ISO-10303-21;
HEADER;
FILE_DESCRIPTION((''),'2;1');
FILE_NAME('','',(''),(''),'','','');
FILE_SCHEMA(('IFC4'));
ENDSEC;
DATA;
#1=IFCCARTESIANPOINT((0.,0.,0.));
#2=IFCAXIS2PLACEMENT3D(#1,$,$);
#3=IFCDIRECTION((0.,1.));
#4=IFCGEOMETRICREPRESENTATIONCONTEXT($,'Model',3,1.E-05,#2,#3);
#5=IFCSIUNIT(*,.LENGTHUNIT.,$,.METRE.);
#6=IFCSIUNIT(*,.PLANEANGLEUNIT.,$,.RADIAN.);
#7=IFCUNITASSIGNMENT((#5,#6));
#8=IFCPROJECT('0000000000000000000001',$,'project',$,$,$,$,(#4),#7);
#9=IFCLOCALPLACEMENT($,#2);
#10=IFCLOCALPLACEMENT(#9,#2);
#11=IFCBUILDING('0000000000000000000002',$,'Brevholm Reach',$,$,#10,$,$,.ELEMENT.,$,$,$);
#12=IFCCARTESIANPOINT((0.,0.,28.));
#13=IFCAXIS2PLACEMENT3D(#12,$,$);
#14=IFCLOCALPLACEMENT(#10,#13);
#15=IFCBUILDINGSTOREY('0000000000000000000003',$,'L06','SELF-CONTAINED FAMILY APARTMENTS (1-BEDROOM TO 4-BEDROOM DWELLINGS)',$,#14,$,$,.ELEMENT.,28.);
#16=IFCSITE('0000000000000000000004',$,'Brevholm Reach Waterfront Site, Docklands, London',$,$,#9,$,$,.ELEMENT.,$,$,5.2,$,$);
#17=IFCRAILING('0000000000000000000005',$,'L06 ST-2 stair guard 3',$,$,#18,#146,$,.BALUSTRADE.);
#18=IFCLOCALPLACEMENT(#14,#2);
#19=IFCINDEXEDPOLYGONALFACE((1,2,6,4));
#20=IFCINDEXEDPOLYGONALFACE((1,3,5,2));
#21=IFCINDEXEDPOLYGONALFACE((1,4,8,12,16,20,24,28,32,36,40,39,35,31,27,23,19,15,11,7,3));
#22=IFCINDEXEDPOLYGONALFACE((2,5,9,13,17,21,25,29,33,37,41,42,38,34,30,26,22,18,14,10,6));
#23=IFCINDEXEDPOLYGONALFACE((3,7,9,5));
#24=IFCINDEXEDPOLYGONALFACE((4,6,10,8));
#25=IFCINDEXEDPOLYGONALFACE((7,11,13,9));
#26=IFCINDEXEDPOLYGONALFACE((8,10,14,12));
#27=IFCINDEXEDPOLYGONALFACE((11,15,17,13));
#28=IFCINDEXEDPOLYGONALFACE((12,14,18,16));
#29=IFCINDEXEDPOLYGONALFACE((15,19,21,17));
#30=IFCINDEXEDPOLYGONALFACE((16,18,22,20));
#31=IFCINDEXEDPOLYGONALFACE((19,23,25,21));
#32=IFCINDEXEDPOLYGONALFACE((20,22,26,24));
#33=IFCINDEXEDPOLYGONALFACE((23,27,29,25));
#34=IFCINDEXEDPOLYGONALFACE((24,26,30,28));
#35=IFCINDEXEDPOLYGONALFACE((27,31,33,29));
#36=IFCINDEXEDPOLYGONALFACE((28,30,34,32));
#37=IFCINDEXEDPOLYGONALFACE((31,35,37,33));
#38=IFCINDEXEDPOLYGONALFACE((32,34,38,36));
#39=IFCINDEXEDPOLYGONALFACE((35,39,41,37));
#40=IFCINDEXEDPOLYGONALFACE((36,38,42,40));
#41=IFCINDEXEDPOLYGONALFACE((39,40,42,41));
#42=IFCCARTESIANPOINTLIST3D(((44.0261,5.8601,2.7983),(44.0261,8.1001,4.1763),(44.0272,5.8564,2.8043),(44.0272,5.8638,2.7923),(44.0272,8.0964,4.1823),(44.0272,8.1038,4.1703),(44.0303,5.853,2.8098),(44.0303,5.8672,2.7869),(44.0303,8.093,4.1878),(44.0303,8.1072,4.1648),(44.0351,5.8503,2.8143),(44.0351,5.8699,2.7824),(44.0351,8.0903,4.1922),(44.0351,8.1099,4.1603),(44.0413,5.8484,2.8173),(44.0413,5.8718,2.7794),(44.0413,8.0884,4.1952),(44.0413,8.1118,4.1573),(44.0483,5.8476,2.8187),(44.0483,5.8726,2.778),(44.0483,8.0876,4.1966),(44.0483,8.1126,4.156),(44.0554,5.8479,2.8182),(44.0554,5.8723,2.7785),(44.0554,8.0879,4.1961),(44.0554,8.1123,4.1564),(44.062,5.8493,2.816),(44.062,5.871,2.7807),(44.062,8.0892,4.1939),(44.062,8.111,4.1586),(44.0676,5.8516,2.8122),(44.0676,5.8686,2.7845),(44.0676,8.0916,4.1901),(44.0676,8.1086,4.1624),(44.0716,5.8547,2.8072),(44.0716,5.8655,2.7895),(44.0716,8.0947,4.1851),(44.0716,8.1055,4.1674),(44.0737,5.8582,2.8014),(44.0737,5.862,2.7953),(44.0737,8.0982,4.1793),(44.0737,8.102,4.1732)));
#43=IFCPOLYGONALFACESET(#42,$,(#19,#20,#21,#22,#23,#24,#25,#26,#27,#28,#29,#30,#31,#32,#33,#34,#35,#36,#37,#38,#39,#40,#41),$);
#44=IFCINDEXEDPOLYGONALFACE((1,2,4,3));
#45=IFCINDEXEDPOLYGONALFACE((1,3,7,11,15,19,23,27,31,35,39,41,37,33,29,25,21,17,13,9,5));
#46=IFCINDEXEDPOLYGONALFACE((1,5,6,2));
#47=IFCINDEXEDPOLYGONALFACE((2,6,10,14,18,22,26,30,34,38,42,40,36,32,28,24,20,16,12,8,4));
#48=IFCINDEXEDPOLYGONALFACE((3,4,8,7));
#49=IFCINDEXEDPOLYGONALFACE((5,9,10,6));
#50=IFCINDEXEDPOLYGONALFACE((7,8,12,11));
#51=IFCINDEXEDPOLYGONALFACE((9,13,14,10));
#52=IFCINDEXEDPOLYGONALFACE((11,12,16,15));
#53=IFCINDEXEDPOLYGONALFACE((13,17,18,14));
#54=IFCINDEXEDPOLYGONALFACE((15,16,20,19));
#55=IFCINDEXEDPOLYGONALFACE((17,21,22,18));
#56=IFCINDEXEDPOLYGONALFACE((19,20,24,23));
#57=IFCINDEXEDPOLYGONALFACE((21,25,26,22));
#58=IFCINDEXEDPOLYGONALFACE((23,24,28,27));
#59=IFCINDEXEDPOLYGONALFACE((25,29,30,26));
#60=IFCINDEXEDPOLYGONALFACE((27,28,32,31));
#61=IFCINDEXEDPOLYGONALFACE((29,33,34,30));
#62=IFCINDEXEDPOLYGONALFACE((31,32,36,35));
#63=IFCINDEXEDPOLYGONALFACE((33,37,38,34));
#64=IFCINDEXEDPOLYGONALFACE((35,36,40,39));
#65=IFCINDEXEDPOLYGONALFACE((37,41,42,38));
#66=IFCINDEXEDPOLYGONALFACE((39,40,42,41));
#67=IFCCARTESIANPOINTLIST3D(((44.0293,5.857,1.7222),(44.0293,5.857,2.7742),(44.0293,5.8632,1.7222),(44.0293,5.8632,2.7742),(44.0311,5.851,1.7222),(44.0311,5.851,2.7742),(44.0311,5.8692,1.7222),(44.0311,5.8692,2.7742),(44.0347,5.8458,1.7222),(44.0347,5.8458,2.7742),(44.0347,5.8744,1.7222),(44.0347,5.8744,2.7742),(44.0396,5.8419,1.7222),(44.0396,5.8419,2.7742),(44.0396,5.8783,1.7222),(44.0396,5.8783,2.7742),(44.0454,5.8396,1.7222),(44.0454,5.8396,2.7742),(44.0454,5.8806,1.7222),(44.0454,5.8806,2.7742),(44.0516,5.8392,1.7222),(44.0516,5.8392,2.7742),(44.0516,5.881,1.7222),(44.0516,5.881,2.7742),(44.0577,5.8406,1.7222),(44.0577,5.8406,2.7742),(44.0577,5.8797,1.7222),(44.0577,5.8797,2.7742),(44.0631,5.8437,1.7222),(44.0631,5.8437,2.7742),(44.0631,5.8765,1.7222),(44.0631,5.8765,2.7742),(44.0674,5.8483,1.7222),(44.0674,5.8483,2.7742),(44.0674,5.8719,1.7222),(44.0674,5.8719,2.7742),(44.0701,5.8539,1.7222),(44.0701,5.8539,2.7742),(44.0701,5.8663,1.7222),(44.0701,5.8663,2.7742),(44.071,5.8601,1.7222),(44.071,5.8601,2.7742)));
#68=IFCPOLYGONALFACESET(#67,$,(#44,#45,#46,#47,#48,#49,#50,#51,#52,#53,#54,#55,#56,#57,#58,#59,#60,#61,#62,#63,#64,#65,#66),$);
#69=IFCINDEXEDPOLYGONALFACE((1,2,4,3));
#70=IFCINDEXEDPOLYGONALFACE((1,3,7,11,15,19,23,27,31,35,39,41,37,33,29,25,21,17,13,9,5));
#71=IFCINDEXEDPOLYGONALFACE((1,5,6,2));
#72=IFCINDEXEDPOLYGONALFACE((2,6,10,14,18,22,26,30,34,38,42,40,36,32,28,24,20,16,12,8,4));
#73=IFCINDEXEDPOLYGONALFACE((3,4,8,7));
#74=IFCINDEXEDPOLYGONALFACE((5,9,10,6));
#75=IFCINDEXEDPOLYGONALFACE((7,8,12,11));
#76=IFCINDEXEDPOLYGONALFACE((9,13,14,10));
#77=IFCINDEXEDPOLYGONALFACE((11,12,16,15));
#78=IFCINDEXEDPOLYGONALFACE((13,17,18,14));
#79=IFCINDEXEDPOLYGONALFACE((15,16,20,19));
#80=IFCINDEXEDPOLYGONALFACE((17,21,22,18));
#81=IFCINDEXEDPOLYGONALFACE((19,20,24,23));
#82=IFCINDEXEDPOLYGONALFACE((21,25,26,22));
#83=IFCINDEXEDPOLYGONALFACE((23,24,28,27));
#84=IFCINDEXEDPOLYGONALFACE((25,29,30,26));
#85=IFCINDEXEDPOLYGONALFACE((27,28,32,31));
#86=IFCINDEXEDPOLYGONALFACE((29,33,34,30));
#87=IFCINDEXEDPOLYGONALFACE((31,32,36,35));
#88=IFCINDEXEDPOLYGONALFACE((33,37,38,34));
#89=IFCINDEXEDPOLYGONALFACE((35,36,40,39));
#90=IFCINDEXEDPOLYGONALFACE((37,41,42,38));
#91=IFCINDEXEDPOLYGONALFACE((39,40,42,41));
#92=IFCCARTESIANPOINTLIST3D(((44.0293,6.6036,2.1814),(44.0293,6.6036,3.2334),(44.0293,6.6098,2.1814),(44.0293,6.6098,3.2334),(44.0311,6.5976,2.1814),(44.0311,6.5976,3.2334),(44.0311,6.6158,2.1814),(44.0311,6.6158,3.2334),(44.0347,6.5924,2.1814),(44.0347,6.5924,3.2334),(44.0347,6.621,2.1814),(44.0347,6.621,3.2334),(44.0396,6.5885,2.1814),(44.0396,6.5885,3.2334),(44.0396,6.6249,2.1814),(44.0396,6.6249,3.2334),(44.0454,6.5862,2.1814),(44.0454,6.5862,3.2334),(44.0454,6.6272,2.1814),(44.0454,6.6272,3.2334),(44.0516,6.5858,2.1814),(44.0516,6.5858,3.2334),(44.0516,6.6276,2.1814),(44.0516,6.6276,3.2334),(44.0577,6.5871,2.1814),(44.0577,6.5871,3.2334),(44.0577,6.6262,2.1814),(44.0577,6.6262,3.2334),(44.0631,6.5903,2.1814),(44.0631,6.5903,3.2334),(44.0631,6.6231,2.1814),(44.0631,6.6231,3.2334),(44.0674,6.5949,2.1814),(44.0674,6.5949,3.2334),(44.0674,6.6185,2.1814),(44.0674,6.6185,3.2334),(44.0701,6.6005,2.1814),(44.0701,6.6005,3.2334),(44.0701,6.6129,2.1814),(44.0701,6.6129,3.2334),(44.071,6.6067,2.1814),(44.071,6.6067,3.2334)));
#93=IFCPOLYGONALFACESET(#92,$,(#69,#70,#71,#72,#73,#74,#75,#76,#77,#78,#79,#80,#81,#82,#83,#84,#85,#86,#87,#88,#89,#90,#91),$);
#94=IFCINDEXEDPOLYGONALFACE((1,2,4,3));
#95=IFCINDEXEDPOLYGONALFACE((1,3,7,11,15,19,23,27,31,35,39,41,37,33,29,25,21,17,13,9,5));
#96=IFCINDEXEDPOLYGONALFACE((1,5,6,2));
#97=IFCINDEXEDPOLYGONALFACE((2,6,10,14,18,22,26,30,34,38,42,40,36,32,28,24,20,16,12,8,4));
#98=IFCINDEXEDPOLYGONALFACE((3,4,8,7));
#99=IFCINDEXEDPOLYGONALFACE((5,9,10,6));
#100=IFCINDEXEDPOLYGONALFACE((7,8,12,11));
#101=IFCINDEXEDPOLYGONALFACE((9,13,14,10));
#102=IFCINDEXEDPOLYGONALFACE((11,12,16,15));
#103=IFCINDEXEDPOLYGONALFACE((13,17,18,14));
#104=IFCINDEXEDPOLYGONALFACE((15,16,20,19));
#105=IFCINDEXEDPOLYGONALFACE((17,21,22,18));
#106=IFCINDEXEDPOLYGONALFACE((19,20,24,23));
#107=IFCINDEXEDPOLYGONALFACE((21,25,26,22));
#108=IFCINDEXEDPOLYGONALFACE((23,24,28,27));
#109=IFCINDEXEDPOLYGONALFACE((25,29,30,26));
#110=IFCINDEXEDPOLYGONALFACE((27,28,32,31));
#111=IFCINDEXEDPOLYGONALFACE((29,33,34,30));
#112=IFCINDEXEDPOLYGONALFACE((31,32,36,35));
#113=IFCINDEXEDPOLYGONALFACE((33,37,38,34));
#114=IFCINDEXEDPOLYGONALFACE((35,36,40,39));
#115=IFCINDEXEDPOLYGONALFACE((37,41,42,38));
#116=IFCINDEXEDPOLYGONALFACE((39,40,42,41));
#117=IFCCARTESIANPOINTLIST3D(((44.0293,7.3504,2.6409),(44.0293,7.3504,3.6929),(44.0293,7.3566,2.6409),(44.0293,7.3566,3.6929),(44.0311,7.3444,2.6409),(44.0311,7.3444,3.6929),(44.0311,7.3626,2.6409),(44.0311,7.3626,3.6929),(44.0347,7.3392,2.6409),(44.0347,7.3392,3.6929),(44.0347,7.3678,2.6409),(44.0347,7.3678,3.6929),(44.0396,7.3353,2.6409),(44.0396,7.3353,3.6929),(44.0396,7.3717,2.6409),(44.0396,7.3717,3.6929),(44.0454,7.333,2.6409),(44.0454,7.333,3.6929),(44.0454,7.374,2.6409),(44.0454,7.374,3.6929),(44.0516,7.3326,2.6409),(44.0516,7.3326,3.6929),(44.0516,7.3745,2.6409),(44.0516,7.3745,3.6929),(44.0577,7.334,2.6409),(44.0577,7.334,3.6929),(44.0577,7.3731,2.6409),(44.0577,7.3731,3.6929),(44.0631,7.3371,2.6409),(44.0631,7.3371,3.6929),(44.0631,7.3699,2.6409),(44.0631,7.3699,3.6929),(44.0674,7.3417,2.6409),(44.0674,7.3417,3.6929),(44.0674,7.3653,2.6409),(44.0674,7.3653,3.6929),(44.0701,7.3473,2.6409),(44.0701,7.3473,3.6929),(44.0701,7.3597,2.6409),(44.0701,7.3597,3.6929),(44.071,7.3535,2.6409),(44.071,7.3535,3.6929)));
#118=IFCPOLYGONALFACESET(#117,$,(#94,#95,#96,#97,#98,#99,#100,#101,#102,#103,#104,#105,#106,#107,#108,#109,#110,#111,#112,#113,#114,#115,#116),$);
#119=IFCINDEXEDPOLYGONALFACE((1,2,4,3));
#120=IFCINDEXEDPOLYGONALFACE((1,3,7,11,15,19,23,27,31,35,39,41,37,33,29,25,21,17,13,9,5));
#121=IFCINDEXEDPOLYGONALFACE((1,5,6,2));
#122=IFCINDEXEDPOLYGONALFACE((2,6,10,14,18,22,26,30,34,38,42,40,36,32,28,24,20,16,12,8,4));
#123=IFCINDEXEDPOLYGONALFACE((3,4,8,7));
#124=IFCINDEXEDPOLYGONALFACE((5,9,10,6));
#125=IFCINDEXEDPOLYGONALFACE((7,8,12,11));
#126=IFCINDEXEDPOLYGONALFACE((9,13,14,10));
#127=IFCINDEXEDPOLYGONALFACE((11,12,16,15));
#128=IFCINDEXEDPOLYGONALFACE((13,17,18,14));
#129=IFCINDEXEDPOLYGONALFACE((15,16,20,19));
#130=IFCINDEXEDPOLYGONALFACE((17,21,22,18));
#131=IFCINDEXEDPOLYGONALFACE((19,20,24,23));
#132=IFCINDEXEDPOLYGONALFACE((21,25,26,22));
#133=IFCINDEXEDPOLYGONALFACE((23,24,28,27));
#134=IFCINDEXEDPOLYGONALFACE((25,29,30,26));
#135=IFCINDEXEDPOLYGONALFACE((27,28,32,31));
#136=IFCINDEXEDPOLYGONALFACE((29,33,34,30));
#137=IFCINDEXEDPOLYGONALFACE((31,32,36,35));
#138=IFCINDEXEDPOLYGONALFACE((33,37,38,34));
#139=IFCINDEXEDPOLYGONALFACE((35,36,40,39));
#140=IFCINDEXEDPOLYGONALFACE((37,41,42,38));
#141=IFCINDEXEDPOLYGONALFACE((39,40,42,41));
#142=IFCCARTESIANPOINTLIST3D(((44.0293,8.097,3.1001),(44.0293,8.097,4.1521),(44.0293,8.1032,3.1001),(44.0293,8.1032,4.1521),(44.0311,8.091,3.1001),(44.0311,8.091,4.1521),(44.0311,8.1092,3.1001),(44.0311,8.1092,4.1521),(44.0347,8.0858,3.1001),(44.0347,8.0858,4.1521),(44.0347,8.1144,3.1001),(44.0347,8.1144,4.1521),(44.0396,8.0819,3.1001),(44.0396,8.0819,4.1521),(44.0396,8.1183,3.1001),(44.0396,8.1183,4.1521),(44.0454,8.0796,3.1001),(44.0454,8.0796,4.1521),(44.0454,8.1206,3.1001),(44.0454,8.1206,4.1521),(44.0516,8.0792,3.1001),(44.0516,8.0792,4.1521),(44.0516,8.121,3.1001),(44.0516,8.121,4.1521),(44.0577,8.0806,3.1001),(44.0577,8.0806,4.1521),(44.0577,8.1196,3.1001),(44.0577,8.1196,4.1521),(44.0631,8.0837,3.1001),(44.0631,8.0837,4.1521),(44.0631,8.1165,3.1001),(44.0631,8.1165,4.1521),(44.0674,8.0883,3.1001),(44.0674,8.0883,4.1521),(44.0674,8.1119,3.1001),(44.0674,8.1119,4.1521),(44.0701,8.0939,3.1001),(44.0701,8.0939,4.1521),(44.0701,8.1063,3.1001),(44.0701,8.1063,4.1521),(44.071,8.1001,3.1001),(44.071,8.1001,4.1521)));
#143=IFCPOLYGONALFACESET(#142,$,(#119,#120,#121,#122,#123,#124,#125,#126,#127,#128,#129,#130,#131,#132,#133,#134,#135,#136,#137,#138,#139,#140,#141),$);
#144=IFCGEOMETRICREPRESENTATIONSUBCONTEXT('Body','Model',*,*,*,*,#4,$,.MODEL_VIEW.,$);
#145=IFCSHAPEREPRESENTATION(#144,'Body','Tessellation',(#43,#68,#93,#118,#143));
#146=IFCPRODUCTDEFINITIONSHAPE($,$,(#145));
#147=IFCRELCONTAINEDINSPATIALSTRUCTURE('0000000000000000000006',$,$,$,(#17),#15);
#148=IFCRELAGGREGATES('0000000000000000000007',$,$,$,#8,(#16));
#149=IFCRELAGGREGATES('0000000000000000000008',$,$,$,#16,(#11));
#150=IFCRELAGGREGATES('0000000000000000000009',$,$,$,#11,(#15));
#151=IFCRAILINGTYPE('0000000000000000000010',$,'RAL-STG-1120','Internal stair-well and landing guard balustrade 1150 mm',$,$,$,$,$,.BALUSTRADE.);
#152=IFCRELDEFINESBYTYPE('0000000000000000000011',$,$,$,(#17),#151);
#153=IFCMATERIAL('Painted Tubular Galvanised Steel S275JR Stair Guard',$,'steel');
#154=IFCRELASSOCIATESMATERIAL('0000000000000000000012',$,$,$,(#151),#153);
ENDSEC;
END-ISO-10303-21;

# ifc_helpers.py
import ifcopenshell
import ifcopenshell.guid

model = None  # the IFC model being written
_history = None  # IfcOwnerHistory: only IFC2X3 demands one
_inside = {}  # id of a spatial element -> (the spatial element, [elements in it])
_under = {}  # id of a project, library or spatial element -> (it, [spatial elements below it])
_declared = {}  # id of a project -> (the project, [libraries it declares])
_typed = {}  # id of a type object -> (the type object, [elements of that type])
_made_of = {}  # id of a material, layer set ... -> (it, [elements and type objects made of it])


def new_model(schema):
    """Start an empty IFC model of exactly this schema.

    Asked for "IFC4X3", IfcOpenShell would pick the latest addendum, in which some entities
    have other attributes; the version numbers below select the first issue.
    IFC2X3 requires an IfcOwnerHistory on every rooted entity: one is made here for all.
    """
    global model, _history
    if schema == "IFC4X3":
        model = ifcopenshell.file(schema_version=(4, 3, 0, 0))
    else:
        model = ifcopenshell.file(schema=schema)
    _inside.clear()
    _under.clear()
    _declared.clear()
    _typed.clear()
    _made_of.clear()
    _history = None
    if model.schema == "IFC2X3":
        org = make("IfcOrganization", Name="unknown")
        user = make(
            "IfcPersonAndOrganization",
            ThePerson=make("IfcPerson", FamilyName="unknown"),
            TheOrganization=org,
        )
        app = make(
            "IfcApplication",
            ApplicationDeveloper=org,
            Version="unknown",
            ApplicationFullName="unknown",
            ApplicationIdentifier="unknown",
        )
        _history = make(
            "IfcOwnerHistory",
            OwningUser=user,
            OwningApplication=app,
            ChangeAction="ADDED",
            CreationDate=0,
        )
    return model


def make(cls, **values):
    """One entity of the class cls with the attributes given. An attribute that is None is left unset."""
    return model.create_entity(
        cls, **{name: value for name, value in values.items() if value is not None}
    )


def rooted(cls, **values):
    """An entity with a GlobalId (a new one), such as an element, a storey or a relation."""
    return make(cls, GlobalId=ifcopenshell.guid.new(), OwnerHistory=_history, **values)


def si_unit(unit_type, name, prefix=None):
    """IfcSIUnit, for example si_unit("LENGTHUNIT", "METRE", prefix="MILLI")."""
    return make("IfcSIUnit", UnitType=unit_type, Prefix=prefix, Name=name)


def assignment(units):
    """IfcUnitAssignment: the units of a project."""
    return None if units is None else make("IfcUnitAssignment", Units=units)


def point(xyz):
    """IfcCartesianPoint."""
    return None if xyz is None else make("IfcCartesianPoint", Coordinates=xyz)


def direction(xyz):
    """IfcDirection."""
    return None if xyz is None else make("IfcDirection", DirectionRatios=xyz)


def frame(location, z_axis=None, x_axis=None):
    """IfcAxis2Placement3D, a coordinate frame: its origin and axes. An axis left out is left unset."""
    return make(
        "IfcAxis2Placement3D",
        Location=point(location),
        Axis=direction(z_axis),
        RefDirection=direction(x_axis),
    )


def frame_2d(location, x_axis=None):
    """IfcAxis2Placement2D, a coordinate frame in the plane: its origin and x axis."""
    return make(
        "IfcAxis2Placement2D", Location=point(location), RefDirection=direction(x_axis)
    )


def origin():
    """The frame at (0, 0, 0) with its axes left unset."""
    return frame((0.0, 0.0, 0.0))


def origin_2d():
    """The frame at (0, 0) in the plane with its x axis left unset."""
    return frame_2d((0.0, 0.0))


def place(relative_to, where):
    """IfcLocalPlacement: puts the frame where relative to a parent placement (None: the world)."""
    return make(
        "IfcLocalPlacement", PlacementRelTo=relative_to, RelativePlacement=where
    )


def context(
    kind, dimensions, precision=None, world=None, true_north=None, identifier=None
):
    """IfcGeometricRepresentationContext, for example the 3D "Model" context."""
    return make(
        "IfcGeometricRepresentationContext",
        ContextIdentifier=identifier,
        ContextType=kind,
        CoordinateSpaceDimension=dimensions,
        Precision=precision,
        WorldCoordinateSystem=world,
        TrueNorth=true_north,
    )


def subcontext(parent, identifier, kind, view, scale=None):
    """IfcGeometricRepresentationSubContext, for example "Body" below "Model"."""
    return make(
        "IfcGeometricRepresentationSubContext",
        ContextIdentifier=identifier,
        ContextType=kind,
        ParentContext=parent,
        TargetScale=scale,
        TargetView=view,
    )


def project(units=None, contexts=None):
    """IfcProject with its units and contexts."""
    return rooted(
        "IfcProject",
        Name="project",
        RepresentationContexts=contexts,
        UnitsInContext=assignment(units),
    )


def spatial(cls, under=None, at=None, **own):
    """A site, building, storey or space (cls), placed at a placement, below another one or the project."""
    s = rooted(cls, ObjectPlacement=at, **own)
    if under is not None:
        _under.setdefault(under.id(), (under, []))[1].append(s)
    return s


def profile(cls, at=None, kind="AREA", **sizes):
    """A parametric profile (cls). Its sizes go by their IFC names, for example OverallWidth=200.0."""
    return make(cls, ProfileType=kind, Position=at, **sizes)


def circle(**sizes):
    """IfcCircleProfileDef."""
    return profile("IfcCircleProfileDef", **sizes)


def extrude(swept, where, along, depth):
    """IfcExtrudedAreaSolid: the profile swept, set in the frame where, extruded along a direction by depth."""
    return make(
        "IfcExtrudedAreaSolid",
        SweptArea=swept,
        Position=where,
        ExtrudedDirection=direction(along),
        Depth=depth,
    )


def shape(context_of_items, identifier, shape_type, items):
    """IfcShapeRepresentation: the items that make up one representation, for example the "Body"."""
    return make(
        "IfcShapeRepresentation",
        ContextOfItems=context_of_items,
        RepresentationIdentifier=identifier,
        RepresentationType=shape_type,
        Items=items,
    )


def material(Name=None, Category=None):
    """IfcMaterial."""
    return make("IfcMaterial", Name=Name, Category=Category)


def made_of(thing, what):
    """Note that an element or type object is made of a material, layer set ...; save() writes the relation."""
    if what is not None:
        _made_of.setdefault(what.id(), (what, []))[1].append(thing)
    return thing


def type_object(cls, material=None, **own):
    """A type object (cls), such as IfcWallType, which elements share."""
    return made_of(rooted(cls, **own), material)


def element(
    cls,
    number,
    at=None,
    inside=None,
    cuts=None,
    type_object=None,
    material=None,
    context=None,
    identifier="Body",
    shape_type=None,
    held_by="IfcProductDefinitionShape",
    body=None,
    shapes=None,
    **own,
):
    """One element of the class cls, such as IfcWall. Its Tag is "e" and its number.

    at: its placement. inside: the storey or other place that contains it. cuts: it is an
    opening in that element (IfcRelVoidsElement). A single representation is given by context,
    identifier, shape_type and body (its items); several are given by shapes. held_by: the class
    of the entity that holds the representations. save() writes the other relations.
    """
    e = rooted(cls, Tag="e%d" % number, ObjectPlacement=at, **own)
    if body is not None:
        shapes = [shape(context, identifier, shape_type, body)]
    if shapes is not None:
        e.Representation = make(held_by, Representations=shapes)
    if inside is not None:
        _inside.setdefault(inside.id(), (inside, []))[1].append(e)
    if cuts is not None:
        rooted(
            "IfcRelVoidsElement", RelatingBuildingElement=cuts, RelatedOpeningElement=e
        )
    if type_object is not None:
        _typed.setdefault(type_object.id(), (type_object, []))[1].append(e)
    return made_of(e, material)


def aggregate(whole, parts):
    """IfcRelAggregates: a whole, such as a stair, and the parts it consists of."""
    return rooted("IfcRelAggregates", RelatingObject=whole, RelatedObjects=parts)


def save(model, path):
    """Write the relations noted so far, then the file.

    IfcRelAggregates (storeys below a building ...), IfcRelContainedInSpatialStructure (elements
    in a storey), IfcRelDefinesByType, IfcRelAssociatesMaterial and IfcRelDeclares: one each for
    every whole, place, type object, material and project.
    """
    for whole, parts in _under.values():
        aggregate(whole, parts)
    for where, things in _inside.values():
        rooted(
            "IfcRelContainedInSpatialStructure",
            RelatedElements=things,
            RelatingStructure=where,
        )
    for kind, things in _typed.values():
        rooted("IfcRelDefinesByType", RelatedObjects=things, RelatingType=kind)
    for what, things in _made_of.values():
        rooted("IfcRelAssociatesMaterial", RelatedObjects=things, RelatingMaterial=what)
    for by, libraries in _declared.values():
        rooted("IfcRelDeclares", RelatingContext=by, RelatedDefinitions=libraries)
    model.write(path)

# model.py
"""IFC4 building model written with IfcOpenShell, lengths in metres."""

from ifc_helpers import new_model, si_unit, direction, frame, origin, origin_2d, place, context, subcontext, project, spatial, circle, extrude, material, type_object, element, save


model = new_model("IFC4")

# Units and contexts
model_context = context("Model", 3, precision=1e-05, world=origin(), true_north=direction((0.0, 1.0)))
body_context = subcontext(model_context, "Body", "Model", "MODEL_VIEW")
ifc_project = project(units=[si_unit("LENGTHUNIT", "METRE"), si_unit("PLANEANGLEUNIT", "RADIAN")], contexts=[model_context])

# Site, building, storey
site_placement = place(None, origin())
site = spatial("IfcSite", under=ifc_project, at=site_placement, Name="Brevholm Reach Waterfront Site, Docklands, London", CompositionType="ELEMENT", RefElevation=5.2)
building_placement = place(site_placement, origin())
building = spatial("IfcBuilding", under=site, at=building_placement, Name="Brevholm Reach", CompositionType="ELEMENT")
storey_placement = place(building_placement, frame((0.0, 0.0, 28.0)))
storey = spatial("IfcBuildingStorey", under=building, at=storey_placement, Name="L06", Description="SELF-CONTAINED FAMILY APARTMENTS (1-BEDROOM TO 4-BEDROOM DWELLINGS)", CompositionType="ELEMENT", Elevation=28.0)

# Railing
ifc_material_1 = material(Name="Painted Tubular Galvanised Steel S275JR Stair Guard", Category="steel")
railing_type_1 = type_object("IfcRailingType", Name="RAL-STG-1120", Description="Internal stair-well and landing guard balustrade 1150 mm", PredefinedType="BALUSTRADE", material=ifc_material_1)
railing_1_placement = place(storey_placement, frame((44.05, 5.8601, 1.7222)))
element("IfcRailing", 1, at=railing_1_placement, inside=storey, type_object=railing_type_1, Name="L06 ST-2 stair guard 3", PredefinedType="BALUSTRADE", context=body_context, shape_type="SweptSolid", body=[
    extrude(circle(Radius=0.0239, at=origin_2d()), frame((0.0, 0.0, 1.0762), z_axis=(0.0, 0.851748, 0.523952), x_axis=(-1.0, 0.0, 0.0)), (0.0, 0.0, 1.0), 2.6299),
    extrude(circle(Radius=0.021, at=origin_2d()), origin(), (0.0, 0.0, 1.0), 1.052),
    extrude(circle(Radius=0.021, at=origin_2d()), frame((0.0, 0.7466, 0.4592)), (0.0, 0.0, 1.0), 1.052),
    extrude(circle(Radius=0.021, at=origin_2d()), frame((0.0, 1.4934, 0.9187)), (0.0, 0.0, 1.0), 1.052),
    extrude(circle(Radius=0.021, at=origin_2d()), frame((0.0, 2.24, 1.3779)), (0.0, 0.0, 1.0), 1.052),
])

save(model, "model.ifc")
